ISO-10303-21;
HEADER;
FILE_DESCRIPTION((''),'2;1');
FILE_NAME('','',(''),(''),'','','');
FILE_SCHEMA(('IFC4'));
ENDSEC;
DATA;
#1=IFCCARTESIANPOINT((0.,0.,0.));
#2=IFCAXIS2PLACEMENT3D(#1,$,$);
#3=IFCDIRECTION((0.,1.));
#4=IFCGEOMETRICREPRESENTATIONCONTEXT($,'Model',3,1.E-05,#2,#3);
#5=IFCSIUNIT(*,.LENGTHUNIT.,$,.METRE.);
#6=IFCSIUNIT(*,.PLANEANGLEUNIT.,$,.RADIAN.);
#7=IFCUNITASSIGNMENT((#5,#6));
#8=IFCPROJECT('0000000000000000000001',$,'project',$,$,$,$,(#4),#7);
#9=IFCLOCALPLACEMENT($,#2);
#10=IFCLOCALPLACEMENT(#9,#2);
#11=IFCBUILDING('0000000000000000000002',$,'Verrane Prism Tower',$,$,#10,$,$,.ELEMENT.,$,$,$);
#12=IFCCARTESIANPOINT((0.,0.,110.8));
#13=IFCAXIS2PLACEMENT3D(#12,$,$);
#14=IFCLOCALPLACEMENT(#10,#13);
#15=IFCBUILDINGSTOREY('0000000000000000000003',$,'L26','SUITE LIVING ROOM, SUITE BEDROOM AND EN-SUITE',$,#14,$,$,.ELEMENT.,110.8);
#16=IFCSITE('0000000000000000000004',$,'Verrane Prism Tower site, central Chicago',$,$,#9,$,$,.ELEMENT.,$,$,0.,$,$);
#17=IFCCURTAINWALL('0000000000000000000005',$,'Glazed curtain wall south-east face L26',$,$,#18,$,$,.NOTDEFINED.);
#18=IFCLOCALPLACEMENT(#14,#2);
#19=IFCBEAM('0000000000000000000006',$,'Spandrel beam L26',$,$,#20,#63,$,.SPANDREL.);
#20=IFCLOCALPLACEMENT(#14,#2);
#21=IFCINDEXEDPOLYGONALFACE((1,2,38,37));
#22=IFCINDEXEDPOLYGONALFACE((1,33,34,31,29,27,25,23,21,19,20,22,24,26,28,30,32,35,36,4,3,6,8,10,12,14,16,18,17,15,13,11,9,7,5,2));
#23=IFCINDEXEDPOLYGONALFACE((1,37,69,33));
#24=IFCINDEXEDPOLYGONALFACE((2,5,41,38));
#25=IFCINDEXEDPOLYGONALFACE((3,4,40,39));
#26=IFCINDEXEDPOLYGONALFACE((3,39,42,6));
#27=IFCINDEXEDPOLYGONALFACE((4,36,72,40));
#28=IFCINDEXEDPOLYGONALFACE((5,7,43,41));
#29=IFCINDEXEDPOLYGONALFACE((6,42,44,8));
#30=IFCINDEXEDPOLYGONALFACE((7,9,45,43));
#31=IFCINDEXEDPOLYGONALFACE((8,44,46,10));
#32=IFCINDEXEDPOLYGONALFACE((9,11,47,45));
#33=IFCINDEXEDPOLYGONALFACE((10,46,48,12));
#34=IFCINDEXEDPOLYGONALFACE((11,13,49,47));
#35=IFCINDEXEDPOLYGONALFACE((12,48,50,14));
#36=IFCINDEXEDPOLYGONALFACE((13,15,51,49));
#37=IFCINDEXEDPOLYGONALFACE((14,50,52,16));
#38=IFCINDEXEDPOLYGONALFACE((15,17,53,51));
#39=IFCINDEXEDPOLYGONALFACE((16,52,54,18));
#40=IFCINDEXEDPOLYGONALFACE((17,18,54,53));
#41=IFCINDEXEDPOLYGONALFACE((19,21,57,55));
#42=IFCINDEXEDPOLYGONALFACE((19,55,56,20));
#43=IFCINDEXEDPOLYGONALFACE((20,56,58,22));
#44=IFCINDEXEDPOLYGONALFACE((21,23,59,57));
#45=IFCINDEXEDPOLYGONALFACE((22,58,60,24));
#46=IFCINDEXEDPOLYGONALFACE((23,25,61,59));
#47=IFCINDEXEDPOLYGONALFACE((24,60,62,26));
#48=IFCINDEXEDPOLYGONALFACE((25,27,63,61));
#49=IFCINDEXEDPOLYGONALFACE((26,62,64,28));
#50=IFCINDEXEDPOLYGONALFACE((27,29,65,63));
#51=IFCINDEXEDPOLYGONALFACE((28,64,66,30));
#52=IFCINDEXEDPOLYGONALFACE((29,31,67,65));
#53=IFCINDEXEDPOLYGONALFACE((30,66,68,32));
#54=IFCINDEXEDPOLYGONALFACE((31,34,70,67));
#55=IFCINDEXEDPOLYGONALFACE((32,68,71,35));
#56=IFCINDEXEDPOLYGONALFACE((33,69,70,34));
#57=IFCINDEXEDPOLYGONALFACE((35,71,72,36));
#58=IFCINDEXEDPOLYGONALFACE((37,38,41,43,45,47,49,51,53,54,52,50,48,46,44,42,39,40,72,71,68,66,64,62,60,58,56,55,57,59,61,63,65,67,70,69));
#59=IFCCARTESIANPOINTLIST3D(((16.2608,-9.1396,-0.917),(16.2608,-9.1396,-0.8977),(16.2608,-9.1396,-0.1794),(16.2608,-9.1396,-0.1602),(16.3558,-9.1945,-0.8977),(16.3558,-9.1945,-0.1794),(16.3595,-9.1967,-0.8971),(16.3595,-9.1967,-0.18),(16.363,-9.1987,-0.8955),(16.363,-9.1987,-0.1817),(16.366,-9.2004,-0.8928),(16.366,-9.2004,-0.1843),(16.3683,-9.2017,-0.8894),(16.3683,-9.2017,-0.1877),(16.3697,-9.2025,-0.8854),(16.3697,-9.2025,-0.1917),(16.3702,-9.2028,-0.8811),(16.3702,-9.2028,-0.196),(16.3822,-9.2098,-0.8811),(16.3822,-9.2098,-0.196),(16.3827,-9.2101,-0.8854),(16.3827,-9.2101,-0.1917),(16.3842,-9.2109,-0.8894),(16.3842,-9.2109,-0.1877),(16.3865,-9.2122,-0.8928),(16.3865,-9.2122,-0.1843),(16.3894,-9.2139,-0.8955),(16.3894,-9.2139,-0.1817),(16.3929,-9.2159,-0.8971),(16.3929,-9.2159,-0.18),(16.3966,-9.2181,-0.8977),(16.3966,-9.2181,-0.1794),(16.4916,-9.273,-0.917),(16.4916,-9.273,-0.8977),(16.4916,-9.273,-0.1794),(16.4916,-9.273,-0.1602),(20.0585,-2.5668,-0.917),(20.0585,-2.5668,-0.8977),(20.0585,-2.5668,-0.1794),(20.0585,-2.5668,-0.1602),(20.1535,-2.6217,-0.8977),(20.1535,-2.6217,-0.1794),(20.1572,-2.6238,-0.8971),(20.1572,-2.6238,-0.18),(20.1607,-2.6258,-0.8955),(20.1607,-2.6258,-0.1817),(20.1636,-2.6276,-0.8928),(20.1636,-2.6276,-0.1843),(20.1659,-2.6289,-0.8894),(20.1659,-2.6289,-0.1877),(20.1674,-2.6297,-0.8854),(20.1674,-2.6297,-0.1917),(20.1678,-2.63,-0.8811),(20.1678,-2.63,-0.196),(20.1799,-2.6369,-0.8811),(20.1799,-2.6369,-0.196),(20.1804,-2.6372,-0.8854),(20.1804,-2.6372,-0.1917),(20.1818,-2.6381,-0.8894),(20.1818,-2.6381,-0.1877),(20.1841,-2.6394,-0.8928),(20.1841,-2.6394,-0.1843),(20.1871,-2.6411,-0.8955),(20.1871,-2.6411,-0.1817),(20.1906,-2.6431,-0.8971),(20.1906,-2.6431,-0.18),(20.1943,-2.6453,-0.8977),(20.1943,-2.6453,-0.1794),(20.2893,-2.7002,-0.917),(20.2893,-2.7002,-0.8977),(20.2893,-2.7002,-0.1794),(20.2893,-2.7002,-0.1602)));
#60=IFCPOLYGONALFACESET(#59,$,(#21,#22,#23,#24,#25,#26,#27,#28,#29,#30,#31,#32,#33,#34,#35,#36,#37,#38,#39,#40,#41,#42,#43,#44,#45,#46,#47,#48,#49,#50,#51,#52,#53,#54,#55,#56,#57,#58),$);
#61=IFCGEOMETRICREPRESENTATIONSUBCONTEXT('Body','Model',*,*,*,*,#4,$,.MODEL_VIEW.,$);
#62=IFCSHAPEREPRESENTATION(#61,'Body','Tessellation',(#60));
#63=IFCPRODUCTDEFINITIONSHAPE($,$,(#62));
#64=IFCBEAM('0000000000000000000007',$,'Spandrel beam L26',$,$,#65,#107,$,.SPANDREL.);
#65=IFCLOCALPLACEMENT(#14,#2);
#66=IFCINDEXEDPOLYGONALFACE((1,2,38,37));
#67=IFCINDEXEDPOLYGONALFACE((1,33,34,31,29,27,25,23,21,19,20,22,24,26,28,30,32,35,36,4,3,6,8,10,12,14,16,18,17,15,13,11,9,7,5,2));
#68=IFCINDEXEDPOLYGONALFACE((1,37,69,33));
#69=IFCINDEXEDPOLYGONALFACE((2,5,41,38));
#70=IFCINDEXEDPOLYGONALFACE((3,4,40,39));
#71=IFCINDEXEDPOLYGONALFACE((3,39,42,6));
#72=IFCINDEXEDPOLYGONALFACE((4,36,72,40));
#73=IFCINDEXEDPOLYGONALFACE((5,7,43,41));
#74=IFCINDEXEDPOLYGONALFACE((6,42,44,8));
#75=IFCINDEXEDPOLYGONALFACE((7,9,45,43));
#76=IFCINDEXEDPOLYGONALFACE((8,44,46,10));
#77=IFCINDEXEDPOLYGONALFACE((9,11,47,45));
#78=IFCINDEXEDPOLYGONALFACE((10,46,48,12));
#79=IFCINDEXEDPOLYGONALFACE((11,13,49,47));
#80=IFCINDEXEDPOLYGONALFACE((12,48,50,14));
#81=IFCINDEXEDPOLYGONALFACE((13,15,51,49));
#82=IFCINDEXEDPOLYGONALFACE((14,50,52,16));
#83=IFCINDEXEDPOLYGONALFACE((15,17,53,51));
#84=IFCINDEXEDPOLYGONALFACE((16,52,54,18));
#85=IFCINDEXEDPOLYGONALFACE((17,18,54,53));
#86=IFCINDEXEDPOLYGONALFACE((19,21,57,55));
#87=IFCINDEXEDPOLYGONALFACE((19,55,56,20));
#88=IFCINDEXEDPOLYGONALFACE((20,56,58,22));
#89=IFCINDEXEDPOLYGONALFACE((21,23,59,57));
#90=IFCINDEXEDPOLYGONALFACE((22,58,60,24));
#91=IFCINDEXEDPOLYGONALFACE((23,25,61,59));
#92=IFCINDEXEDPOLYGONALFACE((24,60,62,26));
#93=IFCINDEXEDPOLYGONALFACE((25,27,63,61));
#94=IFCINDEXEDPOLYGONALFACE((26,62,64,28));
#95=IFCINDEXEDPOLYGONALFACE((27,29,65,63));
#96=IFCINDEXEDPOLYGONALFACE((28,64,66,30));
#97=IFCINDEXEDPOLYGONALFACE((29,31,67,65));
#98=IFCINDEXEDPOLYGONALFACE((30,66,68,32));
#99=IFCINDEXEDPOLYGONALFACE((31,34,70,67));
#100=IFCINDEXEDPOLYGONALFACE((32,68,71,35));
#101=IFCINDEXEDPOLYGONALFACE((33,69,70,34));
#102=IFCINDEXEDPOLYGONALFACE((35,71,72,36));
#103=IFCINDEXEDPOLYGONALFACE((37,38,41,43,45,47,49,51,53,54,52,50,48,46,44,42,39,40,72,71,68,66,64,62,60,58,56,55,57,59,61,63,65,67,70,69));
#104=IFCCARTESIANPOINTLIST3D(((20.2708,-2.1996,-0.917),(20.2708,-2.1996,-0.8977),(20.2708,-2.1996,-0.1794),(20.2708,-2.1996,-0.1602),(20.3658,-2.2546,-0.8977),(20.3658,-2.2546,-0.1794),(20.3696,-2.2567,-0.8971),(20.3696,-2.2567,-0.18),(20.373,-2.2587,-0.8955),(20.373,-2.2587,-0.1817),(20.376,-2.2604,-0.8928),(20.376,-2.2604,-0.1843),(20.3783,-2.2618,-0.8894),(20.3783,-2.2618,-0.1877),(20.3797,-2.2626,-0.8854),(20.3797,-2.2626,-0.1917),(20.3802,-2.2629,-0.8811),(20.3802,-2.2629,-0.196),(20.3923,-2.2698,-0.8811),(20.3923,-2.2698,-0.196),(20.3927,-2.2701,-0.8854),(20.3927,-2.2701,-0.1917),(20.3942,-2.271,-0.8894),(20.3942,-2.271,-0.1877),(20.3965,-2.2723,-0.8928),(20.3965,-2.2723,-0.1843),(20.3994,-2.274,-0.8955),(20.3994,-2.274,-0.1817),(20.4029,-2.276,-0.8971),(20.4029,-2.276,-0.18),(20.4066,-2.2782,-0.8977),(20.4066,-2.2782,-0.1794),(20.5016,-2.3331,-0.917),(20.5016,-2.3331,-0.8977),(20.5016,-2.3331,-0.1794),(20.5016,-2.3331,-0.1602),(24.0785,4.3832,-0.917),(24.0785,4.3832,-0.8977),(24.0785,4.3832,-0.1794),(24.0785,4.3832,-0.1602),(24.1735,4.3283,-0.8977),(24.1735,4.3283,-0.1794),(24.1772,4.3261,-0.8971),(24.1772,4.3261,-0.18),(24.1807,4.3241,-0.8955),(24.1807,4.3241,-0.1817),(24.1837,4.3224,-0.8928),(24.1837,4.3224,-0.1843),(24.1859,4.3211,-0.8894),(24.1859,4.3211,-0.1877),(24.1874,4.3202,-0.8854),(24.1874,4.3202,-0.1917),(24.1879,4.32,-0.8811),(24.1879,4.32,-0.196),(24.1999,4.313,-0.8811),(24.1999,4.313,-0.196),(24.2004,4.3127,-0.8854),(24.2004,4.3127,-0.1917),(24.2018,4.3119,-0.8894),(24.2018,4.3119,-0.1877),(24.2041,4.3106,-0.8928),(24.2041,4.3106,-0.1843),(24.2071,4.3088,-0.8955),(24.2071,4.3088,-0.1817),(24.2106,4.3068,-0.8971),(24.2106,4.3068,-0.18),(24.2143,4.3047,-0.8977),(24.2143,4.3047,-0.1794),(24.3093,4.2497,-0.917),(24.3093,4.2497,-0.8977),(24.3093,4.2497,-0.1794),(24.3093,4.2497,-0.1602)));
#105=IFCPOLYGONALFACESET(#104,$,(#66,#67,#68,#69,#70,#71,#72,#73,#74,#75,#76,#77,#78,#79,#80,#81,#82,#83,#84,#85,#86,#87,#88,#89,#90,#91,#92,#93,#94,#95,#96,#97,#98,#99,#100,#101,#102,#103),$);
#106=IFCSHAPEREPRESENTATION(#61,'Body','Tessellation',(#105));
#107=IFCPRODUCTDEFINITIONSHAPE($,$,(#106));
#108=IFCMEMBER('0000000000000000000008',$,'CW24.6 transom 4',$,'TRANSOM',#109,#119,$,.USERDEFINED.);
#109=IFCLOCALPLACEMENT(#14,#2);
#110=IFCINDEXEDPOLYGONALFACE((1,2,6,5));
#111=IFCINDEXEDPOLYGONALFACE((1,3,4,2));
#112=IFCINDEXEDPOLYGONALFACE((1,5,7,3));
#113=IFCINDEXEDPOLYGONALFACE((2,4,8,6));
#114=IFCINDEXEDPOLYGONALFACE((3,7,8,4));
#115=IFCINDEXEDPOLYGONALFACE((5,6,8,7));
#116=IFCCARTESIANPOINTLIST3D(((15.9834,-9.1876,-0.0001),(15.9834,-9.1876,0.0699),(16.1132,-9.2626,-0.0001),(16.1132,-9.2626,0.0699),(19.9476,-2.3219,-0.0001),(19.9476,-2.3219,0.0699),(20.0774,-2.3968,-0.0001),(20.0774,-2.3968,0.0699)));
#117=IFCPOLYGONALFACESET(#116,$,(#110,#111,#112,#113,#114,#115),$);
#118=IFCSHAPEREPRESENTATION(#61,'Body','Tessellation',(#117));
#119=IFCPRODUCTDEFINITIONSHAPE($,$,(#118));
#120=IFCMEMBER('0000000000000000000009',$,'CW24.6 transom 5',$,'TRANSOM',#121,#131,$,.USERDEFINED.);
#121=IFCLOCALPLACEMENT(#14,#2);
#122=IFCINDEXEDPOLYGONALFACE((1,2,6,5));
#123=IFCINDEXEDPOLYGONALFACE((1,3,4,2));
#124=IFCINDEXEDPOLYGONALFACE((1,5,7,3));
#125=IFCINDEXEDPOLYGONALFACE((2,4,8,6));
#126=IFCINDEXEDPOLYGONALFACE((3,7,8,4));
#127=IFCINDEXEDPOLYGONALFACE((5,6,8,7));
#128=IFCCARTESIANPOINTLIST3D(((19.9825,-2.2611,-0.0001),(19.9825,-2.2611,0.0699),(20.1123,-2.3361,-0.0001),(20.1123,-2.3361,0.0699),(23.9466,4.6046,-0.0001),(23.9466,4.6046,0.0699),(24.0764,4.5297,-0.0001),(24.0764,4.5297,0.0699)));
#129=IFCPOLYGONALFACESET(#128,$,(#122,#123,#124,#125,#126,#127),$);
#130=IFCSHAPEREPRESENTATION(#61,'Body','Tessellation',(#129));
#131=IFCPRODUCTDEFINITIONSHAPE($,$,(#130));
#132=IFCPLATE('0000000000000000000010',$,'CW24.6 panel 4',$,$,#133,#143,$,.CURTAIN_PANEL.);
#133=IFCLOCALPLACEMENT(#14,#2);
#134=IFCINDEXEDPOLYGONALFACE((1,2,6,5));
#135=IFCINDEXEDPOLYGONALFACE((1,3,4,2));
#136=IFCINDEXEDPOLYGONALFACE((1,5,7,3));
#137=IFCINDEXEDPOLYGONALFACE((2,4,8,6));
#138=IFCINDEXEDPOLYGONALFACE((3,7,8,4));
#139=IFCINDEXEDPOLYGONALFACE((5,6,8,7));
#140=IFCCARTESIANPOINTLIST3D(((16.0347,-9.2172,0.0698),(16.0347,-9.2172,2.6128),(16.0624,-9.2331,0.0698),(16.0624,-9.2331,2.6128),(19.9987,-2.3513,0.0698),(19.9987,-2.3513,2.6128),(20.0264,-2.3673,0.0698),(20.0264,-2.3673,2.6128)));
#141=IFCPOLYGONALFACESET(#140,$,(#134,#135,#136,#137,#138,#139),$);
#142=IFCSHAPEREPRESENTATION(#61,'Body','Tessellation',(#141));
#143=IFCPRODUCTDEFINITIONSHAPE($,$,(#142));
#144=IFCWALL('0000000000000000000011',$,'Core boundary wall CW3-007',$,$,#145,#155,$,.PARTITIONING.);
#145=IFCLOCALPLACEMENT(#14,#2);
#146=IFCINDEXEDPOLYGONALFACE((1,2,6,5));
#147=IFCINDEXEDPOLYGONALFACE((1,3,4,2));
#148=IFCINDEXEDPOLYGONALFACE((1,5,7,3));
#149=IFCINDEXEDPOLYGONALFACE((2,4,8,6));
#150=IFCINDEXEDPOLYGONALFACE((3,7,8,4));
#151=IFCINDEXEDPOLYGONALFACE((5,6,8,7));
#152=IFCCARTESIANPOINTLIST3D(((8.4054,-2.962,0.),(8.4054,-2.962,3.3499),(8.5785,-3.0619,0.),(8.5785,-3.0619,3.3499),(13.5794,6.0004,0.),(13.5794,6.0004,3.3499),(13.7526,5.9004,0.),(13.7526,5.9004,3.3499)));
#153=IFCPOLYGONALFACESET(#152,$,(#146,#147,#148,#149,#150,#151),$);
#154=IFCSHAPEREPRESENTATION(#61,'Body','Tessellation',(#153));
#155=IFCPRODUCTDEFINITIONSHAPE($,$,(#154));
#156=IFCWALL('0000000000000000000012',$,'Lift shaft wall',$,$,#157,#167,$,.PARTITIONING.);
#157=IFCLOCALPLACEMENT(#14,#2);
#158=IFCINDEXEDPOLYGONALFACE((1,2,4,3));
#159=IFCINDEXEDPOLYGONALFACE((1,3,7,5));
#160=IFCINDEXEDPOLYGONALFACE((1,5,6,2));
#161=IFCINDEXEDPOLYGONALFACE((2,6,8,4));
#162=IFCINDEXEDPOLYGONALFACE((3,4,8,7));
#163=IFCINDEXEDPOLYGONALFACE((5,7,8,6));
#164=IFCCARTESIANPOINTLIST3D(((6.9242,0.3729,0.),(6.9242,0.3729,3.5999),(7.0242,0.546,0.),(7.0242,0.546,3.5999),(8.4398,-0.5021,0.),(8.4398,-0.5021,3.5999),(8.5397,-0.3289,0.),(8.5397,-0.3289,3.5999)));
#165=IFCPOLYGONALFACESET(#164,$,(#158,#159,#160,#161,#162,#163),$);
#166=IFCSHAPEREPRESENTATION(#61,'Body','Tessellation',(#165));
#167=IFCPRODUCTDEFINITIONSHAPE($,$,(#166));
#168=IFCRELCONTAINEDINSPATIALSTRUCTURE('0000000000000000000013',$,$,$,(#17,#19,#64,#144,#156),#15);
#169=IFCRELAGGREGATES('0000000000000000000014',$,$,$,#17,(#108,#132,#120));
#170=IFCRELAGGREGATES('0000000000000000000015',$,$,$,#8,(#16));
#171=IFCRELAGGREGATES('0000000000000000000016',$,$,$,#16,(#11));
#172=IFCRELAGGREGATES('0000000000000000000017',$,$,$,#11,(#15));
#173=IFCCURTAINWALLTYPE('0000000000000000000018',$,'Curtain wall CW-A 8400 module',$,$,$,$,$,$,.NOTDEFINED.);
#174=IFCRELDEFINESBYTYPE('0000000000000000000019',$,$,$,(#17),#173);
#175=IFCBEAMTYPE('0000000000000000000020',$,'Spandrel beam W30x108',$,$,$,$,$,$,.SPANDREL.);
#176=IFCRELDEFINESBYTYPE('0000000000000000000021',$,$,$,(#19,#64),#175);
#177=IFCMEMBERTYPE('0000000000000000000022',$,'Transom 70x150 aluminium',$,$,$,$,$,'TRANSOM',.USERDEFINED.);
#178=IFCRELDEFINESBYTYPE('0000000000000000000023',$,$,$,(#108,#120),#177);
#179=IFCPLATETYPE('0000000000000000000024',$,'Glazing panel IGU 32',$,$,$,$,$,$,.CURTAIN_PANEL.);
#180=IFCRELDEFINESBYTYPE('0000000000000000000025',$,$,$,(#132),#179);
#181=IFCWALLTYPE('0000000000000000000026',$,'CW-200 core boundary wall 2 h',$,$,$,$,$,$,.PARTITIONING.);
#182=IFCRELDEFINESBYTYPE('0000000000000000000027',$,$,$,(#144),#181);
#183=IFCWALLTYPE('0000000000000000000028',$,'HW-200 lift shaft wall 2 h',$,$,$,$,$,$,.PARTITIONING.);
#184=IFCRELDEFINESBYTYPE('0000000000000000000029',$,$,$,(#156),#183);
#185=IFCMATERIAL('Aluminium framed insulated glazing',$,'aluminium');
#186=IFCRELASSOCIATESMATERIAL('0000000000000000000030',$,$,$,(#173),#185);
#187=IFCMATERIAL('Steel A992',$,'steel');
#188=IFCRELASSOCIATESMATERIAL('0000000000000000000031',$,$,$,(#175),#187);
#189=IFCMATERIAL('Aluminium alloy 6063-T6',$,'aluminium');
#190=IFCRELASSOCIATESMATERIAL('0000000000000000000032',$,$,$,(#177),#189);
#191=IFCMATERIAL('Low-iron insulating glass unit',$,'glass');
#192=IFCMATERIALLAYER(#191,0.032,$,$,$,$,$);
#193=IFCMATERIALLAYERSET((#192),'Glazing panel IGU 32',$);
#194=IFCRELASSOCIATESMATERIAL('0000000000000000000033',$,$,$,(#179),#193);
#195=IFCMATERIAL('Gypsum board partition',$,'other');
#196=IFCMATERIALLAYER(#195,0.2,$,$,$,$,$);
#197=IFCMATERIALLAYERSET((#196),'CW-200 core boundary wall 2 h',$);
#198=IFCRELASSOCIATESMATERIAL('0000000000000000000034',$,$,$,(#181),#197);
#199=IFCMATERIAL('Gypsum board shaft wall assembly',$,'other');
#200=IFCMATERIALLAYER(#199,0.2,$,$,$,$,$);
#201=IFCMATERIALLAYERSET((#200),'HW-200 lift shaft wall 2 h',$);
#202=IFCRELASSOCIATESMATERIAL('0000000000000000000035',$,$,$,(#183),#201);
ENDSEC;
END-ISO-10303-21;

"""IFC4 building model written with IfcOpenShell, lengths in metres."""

from ifc_helpers import new_model, si_unit, direction, frame, frame_2d, origin, origin_2d, place, context, subcontext, project, spatial, rectangle, i_section, extrude, material, layer, layer_set, material_profile, profile_set, type_object, element, aggregate, save


model = new_model("IFC4")

# Units and contexts
model_context = context("Model", 3, precision=1e-05, world=origin(), true_north=direction((0.0, 1.0)))
body_context = subcontext(model_context, "Body", "Model", "MODEL_VIEW")
ifc_project = project(units=[si_unit("LENGTHUNIT", "METRE"), si_unit("PLANEANGLEUNIT", "RADIAN")], contexts=[model_context])

# Site, building, storey
site_placement = place(None, origin())
site = spatial("IfcSite", under=ifc_project, at=site_placement, Name="Verrane Prism Tower site, central Chicago", CompositionType="ELEMENT", RefElevation=0.0)
building_placement = place(site_placement, origin())
building = spatial("IfcBuilding", under=site, at=building_placement, Name="Verrane Prism Tower", CompositionType="ELEMENT")
storey_placement = place(building_placement, frame((0.0, 0.0, 110.8)))
storey = spatial("IfcBuildingStorey", under=building, at=storey_placement, Name="L26", Description="SUITE LIVING ROOM, SUITE BEDROOM AND EN-SUITE", CompositionType="ELEMENT", Elevation=110.8)

# Curtain wall
ifc_material_1 = material(Name="Aluminium framed insulated glazing", Category="aluminium")
curtain_wall_type = type_object("IfcCurtainWallType", Name="Curtain wall CW-A 8400 module", PredefinedType="NOTDEFINED", material=ifc_material_1)
curtain_wall_placement = place(storey_placement, origin())
curtain_wall = element("IfcCurtainWall", 1, at=curtain_wall_placement, inside=storey, type_object=curtain_wall_type, Name="Glazed curtain wall south-east face L26", PredefinedType="NOTDEFINED")

# Beams
ifc_material_2 = material(Name="Steel A992", Category="steel")
ifc_material_profile_1 = material_profile(ifc_material_2, i_section(OverallWidth=0.2666, OverallDepth=0.7568, WebThickness=0.0139, FlangeThickness=0.0193, FilletRadius=0.0166, at=origin_2d()), Name="W30x108")
ifc_profile_set_1 = profile_set([ifc_material_profile_1], Name="Steel A992")
beam_type_1 = type_object("IfcBeamType", Name="Spandrel beam W30x108", PredefinedType="SPANDREL", material=ifc_profile_set_1)
beam_1_placement = place(storey_placement, frame((16.3762, -9.2063, -0.5386), z_axis=(0.500279, 0.865864, 0.0), x_axis=(-0.865864, 0.500279, 0.0)))
element("IfcBeam", 2, at=beam_1_placement, inside=storey, type_object=beam_type_1, Name="Spandrel beam L26", PredefinedType="SPANDREL", context=body_context, shape_type="SweptSolid", body=[
    extrude(i_section(OverallWidth=0.2666, OverallDepth=0.7568, WebThickness=0.0139, FlangeThickness=0.0193, FilletRadius=0.0166, at=origin_2d()), origin(), (0.0, 0.0, 1.0), 7.5911),
])
beam_2_placement = place(storey_placement, frame((20.3862, -2.2664, -0.5386), z_axis=(0.500696, 0.865623, 0.0), x_axis=(-0.865623, 0.500696, 0.0)))
element("IfcBeam", 3, at=beam_2_placement, inside=storey, type_object=beam_type_1, Name="Spandrel beam L26", PredefinedType="SPANDREL", context=body_context, shape_type="SweptSolid", body=[
    extrude(i_section(OverallWidth=0.2666, OverallDepth=0.7568, WebThickness=0.0139, FlangeThickness=0.0193, FilletRadius=0.0166, at=origin_2d()), origin(), (0.0, 0.0, 1.0), 7.6047),
])

# Members
ifc_material_3 = material(Name="Aluminium alloy 6063-T6", Category="aluminium")
ifc_material_profile_2 = material_profile(ifc_material_3, rectangle(XDim=0.1499, YDim=0.0701, at=origin_2d()), Name="Transom 70x150 aluminium")
ifc_profile_set_2 = profile_set([ifc_material_profile_2], Name="Aluminium alloy 6063-T6")
member_type_1 = type_object("IfcMemberType", Name="Transom 70x150 aluminium", ElementType="TRANSOM", PredefinedType="USERDEFINED", material=ifc_profile_set_2)
member_1_placement = place(storey_placement, frame((16.0483, -9.2251, 0.0349), z_axis=(0.500017, 0.866015, 0.0), x_axis=(-0.866015, 0.500017, 0.0)))
member_1 = element("IfcMember", 4, at=member_1_placement, type_object=member_type_1, Name="CW24.6 transom 4", ObjectType="TRANSOM", PredefinedType="USERDEFINED", context=body_context, shape_type="SweptSolid", body=[
    extrude(rectangle(XDim=0.1499, YDim=0.0701, at=origin_2d()), origin(), (0.0, 0.0, 1.0), 7.928),
])
member_2_placement = place(storey_placement, frame((20.0474, -2.2986, 0.0349), z_axis=(0.500017, 0.866015, 0.0), x_axis=(-0.866015, 0.500017, 0.0)))
member_2 = element("IfcMember", 5, at=member_2_placement, type_object=member_type_1, Name="CW24.6 transom 5", ObjectType="TRANSOM", PredefinedType="USERDEFINED", context=body_context, shape_type="SweptSolid", body=[
    extrude(rectangle(XDim=0.1499, YDim=0.0701, at=origin_2d()), origin(), (0.0, 0.0, 1.0), 7.928),
])

# Plate
ifc_material_4 = material(Name="Low-iron insulating glass unit", Category="glass")
ifc_layer_1 = layer(ifc_material_4, 0.032)
ifc_layer_set_1 = layer_set([ifc_layer_1], Name="Glazing panel IGU 32")
plate_type = type_object("IfcPlateType", Name="Glazing panel IGU 32", PredefinedType="CURTAIN_PANEL", material=ifc_layer_set_1)
plate_placement = place(storey_placement, frame((18.0305, -5.7922, 0.0698), z_axis=(0.0, 0.0, 1.0), x_axis=(0.5, 0.866025, 0.0)))
plate = element("IfcPlate", 6, at=plate_placement, type_object=plate_type, Name="CW24.6 panel 4", PredefinedType="CURTAIN_PANEL", context=body_context, shape_type="SweptSolid", body=[
    extrude(rectangle(XDim=7.928, YDim=0.032, at=origin_2d()), origin(), (0.0, 0.0, 1.0), 2.543),
])
aggregate(curtain_wall, [member_1, plate, member_2])

# Walls
ifc_material_5 = material(Name="Gypsum board partition", Category="other")
ifc_layer_2 = layer(ifc_material_5, 0.2)
ifc_layer_set_2 = layer_set([ifc_layer_2], Name="CW-200 core boundary wall 2 h")
wall_type_1 = type_object("IfcWallType", Name="CW-200 core boundary wall 2 h", PredefinedType="PARTITIONING", material=ifc_layer_set_2)
wall_1_placement = place(storey_placement, frame((8.4919, -3.012, 0.0), z_axis=(0.0, 0.0, 1.0), x_axis=(0.499973, 0.866041, 0.0)))
element("IfcWall", 7, at=wall_1_placement, inside=storey, type_object=wall_type_1, Name="Core boundary wall CW3-007", PredefinedType="PARTITIONING", context=body_context, shape_type="SweptSolid", body=[
    extrude(rectangle(XDim=10.3486, YDim=0.2, at=frame_2d((5.1743, 0.0))), origin(), (0.0, 0.0, 1.0), 3.3499),
])
ifc_material_6 = material(Name="Gypsum board shaft wall assembly", Category="other")
ifc_layer_3 = layer(ifc_material_6, 0.2)
ifc_layer_set_3 = layer_set([ifc_layer_3], Name="HW-200 lift shaft wall 2 h")
wall_type_2 = type_object("IfcWallType", Name="HW-200 lift shaft wall 2 h", PredefinedType="PARTITIONING", material=ifc_layer_set_3)
wall_2_placement = place(storey_placement, frame((8.4897, -0.4155, 0.0), z_axis=(0.0, 0.0, 1.0), x_axis=(-0.866037, 0.49998, 0.0)))
element("IfcWall", 8, at=wall_2_placement, inside=storey, type_object=wall_type_2, Name="Lift shaft wall", PredefinedType="PARTITIONING", context=body_context, shape_type="SweptSolid", body=[
    extrude(rectangle(XDim=1.75, YDim=0.2, at=frame_2d((0.875, 0.0))), origin(), (0.0, 0.0, 1.0), 3.5999),
])

save(model, "model.ifc")
